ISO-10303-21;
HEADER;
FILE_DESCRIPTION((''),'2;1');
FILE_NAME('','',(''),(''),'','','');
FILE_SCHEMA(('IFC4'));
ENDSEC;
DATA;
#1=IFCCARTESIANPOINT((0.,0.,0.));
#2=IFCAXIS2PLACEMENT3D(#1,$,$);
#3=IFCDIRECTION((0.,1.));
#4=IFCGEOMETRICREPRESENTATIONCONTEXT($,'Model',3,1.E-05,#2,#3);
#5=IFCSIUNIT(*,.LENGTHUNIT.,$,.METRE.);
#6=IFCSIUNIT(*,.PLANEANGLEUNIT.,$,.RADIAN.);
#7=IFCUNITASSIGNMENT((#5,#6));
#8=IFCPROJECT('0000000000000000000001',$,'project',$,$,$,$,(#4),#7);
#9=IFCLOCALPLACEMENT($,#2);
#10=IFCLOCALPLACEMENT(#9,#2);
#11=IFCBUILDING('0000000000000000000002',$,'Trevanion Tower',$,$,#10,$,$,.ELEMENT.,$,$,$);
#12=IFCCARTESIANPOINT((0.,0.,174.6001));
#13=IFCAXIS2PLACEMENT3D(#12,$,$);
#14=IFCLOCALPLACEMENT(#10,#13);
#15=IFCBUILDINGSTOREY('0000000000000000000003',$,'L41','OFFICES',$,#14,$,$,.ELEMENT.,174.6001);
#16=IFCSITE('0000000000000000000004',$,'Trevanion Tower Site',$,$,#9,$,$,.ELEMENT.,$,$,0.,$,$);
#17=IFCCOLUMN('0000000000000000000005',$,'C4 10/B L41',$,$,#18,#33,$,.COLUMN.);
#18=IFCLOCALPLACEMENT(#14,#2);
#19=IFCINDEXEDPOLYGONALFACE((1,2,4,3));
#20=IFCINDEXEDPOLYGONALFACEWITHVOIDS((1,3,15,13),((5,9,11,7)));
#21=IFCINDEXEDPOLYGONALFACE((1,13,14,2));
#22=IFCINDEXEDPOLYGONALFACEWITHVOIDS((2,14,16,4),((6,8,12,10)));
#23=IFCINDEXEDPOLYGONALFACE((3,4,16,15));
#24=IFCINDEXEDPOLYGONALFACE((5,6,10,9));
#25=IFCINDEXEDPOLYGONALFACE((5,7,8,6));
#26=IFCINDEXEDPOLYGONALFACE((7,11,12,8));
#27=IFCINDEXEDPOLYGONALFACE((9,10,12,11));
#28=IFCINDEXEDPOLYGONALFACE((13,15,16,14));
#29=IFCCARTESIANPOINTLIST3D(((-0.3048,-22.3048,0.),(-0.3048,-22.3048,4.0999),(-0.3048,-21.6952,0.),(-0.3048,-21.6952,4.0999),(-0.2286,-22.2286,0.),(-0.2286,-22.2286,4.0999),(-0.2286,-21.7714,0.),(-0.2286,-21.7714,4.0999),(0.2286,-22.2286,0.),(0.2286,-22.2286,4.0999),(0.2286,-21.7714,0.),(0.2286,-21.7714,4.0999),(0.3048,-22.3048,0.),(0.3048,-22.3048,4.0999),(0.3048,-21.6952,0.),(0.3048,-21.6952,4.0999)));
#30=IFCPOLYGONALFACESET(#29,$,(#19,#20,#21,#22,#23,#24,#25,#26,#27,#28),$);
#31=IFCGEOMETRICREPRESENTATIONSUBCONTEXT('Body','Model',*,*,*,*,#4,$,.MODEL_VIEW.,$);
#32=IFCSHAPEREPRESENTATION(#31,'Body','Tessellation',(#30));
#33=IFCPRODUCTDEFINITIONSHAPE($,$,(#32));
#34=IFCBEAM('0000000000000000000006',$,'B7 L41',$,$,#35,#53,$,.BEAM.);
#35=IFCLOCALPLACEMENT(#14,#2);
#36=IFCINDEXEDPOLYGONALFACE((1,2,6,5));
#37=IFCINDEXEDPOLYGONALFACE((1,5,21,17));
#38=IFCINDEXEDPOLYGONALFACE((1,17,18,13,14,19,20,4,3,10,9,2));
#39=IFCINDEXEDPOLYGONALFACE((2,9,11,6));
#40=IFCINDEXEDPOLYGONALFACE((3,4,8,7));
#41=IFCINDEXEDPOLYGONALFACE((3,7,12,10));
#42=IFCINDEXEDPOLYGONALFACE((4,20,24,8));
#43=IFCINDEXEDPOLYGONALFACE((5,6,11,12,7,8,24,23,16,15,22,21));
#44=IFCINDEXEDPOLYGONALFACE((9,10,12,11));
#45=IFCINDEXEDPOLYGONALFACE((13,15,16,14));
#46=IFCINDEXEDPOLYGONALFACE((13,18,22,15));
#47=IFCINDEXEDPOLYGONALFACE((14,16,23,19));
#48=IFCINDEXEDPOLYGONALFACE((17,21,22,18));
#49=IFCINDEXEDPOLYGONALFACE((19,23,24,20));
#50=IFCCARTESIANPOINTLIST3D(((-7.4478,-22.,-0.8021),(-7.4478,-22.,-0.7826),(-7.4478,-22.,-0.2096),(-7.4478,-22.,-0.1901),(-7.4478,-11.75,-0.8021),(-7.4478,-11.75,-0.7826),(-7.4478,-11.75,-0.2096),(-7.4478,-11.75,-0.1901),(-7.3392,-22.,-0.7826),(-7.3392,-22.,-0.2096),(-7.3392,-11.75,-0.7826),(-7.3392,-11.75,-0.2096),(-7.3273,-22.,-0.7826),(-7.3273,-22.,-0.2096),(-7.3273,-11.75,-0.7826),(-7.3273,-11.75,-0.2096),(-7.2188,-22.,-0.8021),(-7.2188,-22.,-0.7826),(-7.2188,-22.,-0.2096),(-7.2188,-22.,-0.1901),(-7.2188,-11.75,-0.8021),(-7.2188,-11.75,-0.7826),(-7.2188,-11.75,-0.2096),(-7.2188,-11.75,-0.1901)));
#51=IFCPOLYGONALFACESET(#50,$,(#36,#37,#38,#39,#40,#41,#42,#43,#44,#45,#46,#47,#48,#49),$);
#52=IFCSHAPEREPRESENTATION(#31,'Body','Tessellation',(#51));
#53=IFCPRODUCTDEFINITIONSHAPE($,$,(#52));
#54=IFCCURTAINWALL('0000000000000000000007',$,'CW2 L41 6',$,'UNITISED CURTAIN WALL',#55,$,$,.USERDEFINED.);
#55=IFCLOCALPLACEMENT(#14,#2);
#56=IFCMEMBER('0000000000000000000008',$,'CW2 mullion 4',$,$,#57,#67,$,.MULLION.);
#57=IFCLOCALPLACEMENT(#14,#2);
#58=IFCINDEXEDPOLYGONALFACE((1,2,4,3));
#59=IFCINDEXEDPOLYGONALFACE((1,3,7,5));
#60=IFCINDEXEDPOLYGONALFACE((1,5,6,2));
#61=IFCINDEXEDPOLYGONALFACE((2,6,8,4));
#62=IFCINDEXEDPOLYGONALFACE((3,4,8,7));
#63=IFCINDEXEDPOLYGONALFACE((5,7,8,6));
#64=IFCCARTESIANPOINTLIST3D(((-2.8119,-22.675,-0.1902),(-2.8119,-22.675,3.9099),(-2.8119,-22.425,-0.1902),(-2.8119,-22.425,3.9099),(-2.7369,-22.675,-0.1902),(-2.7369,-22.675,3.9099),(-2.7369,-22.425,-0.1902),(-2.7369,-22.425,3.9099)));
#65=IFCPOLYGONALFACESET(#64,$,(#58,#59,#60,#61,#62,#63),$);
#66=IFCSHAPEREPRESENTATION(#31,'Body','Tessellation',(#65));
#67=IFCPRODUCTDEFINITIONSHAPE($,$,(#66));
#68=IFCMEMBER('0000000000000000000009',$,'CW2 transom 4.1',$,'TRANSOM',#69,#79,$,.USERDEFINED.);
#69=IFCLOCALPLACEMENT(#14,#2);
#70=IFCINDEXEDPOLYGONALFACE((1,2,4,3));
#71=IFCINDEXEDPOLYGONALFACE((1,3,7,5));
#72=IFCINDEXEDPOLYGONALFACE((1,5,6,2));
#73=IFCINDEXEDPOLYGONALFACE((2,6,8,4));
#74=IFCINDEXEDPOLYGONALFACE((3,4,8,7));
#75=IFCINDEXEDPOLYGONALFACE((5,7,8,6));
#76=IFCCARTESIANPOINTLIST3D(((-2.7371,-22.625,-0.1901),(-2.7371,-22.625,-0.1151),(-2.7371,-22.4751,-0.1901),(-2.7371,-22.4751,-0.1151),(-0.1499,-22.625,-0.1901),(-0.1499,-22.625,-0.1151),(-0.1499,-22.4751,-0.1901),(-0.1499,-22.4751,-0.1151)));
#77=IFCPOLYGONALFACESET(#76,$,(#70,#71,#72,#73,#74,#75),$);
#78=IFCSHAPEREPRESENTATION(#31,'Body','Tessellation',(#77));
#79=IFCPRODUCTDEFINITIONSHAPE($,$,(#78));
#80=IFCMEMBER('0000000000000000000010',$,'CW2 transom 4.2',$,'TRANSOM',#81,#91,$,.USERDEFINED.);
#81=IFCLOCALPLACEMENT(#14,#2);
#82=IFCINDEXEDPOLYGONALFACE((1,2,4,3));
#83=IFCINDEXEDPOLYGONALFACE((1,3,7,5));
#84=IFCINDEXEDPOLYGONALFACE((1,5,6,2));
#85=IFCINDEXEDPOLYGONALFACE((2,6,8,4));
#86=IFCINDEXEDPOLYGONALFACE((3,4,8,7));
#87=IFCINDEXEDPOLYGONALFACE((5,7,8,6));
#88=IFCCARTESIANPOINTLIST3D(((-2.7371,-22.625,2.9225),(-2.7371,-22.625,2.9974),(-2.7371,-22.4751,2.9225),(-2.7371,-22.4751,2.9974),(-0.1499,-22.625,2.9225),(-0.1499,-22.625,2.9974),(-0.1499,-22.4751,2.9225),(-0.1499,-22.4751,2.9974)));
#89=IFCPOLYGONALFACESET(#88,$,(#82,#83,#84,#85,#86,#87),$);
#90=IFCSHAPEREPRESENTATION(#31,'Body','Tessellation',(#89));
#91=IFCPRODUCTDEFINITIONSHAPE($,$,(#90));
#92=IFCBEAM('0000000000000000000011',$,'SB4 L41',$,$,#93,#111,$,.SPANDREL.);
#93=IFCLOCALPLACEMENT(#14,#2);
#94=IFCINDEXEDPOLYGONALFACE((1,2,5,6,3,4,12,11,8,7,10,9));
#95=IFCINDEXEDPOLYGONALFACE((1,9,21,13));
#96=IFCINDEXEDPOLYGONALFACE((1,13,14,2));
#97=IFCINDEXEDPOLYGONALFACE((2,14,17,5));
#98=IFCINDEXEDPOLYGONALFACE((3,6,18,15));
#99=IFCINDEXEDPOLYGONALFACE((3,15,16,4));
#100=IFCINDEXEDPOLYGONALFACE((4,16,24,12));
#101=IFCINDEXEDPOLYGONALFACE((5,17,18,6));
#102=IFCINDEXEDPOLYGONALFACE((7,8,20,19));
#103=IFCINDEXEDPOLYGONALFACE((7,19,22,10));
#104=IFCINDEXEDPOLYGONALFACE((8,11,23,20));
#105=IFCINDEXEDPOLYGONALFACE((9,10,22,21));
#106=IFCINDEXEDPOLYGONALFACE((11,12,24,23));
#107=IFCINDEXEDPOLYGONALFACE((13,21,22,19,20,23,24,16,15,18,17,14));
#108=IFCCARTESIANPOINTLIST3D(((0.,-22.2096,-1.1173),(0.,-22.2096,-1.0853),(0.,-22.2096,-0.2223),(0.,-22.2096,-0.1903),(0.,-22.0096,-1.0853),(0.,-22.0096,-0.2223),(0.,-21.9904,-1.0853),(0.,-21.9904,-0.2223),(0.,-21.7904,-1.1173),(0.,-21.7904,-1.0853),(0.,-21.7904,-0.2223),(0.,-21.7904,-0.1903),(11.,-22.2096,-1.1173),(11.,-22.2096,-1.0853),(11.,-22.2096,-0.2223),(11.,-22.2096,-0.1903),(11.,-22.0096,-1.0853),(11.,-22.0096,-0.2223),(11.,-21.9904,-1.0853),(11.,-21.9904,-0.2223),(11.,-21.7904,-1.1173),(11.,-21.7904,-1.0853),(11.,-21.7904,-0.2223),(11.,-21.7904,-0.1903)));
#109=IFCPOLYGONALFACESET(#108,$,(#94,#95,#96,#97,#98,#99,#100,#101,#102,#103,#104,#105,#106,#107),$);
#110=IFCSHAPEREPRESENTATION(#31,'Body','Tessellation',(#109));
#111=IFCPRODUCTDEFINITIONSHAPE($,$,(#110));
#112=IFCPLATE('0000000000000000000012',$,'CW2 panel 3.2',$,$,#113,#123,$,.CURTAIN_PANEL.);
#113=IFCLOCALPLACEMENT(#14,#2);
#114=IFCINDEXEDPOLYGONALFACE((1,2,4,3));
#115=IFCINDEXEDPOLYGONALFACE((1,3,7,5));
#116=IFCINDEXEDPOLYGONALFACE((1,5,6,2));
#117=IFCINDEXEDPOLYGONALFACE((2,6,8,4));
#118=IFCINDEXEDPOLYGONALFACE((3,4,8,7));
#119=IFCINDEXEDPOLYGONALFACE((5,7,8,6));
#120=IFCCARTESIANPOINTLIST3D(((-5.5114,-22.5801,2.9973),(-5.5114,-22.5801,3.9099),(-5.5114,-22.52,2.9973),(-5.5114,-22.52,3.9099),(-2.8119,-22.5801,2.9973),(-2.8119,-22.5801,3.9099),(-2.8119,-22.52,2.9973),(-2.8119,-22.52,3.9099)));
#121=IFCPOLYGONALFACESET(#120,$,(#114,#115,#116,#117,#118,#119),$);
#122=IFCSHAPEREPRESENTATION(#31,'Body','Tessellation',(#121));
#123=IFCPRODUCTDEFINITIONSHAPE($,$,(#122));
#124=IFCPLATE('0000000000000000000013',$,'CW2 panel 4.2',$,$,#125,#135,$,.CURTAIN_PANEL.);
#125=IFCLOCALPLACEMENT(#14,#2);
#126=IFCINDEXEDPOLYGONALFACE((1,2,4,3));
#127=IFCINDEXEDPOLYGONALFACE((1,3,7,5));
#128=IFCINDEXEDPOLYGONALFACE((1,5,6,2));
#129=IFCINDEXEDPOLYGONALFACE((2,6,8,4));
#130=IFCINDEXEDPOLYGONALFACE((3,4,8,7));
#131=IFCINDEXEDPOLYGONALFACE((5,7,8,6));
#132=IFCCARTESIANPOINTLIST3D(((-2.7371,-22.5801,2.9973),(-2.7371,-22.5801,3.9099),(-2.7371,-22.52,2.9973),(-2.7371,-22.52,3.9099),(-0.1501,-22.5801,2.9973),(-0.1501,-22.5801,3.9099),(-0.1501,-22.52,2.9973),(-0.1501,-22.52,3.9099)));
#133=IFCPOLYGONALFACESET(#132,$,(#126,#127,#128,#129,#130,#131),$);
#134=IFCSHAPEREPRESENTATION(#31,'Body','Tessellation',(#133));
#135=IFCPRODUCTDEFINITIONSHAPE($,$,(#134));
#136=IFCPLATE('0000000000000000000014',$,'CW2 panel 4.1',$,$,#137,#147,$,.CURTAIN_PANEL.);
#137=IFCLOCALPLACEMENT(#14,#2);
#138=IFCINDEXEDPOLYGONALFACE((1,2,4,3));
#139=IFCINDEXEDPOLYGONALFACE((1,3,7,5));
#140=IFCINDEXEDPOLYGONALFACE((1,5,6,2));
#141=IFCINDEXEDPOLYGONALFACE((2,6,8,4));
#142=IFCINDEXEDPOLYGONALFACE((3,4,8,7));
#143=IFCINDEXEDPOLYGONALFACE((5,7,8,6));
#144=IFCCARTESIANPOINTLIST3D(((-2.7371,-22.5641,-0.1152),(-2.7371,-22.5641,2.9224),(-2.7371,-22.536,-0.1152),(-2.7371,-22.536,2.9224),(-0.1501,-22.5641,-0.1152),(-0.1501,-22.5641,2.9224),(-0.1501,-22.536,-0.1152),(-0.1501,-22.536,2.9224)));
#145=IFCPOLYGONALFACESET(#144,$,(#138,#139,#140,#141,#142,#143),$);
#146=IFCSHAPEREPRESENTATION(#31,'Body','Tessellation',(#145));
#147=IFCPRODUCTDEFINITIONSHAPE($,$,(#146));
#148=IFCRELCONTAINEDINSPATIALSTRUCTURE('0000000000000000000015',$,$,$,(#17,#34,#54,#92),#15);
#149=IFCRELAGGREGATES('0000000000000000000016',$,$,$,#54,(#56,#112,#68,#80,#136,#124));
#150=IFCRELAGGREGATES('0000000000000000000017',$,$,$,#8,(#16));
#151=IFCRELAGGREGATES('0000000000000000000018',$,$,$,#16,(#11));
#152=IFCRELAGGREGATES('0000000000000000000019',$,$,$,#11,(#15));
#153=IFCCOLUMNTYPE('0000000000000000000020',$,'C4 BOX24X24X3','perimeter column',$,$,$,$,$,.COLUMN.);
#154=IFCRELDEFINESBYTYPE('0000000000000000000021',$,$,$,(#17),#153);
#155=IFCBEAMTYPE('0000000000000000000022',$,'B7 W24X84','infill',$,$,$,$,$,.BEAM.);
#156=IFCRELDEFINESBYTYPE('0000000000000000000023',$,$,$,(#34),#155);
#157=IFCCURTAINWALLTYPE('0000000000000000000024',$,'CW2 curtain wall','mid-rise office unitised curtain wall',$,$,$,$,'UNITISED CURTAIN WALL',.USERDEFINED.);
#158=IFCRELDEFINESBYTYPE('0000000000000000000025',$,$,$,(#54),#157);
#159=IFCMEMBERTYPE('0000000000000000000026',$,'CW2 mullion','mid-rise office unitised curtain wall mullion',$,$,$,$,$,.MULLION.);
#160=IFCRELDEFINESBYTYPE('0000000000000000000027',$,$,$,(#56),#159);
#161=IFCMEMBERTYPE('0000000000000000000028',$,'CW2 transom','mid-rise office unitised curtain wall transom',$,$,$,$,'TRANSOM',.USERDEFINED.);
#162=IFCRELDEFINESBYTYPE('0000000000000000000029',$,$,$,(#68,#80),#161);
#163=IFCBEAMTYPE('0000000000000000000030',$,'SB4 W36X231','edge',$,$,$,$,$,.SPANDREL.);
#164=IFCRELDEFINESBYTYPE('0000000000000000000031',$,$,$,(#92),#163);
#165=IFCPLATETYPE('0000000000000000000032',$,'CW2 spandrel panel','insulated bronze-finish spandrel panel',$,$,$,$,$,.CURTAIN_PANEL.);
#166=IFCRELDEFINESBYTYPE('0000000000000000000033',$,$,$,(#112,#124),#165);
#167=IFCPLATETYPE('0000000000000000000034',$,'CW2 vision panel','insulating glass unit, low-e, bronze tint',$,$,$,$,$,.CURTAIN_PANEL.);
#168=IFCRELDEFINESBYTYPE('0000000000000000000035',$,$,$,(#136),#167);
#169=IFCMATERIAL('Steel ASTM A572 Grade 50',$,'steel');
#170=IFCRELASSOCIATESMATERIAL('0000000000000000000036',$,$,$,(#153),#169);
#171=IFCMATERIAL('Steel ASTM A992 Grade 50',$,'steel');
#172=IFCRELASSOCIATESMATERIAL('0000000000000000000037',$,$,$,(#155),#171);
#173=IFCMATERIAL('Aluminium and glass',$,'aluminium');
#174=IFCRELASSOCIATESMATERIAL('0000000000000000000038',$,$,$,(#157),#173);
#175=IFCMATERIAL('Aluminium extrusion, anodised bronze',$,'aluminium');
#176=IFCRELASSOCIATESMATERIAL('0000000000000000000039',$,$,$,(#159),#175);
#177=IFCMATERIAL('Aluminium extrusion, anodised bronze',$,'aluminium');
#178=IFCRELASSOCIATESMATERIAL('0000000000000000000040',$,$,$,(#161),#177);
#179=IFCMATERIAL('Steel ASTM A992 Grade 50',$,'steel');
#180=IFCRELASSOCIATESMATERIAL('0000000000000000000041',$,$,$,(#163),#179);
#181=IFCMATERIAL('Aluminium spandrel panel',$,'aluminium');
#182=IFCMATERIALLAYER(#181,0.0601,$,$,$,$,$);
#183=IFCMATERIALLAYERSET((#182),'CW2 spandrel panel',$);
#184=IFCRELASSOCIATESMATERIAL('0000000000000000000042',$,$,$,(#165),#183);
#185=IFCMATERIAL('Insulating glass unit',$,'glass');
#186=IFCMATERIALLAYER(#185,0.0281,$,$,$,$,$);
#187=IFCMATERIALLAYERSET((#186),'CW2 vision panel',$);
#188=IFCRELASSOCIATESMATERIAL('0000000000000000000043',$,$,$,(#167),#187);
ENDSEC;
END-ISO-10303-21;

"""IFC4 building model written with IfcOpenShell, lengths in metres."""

from ifc_helpers import new_model, si_unit, direction, frame, origin, origin_2d, place, context, subcontext, project, spatial, rectangle, hollow_rectangle, i_section, extrude, material, layer, layer_set, material_profile, profile_set, type_object, element, aggregate, save


model = new_model("IFC4")

# Units and contexts
model_context = context("Model", 3, precision=1e-05, world=origin(), true_north=direction((0.0, 1.0)))
body_context = subcontext(model_context, "Body", "Model", "MODEL_VIEW")
ifc_project = project(units=[si_unit("LENGTHUNIT", "METRE"), si_unit("PLANEANGLEUNIT", "RADIAN")], contexts=[model_context])

# Site, building, storey
site_placement = place(None, origin())
site = spatial("IfcSite", under=ifc_project, at=site_placement, Name="Trevanion Tower Site", CompositionType="ELEMENT", RefElevation=0.0)
building_placement = place(site_placement, origin())
building = spatial("IfcBuilding", under=site, at=building_placement, Name="Trevanion Tower", CompositionType="ELEMENT")
storey_placement = place(building_placement, frame((0.0, 0.0, 174.6001)))
storey = spatial("IfcBuildingStorey", under=building, at=storey_placement, Name="L41", Description="OFFICES", CompositionType="ELEMENT", Elevation=174.6001)

# Column
ifc_material_1 = material(Name="Steel ASTM A572 Grade 50", Category="steel")
ifc_material_profile_1 = material_profile(ifc_material_1, hollow_rectangle(XDim=0.6096, YDim=0.6096, WallThickness=0.0762, at=origin_2d()), Name="BOX24X24X3")
ifc_profile_set_1 = profile_set([ifc_material_profile_1], Name="Steel ASTM A572 Grade 50")
column_type = type_object("IfcColumnType", Name="C4 BOX24X24X3", Description="perimeter column", PredefinedType="COLUMN", material=ifc_profile_set_1)
column_placement = place(storey_placement, frame((0.0, -22.0, 0.0), z_axis=(0.0, 0.0, 1.0), x_axis=(1.0, 0.0, 0.0)))
element("IfcColumn", 1, at=column_placement, inside=storey, type_object=column_type, Name="C4 10/B L41", PredefinedType="COLUMN", context=body_context, shape_type="SweptSolid", body=[
    extrude(hollow_rectangle(XDim=0.6096, YDim=0.6096, WallThickness=0.0762, at=origin_2d()), origin(), (0.0, 0.0, 1.0), 4.0999),
])

# Beam
ifc_material_2 = material(Name="Steel ASTM A992 Grade 50", Category="steel")
ifc_material_profile_2 = material_profile(ifc_material_2, i_section(OverallWidth=0.229, OverallDepth=0.6121, WebThickness=0.012, FlangeThickness=0.0195, at=origin_2d()), Name="W24X84")
ifc_profile_set_2 = profile_set([ifc_material_profile_2], Name="Steel ASTM A992 Grade 50")
beam_type_1 = type_object("IfcBeamType", Name="B7 W24X84", Description="infill", PredefinedType="BEAM", material=ifc_profile_set_2)
beam_1_placement = place(storey_placement, frame((-7.3333, -11.75, -0.4961), z_axis=(0.0, -1.0, 0.0), x_axis=(1.0, 0.0, 0.0)))
element("IfcBeam", 2, at=beam_1_placement, inside=storey, type_object=beam_type_1, Name="B7 L41", PredefinedType="BEAM", context=body_context, shape_type="SweptSolid", body=[
    extrude(i_section(OverallWidth=0.229, OverallDepth=0.6121, WebThickness=0.012, FlangeThickness=0.0195, at=origin_2d()), origin(), (0.0, 0.0, 1.0), 10.25),
])

# Curtain wall, members
ifc_material_3 = material(Name="Aluminium and glass", Category="aluminium")
curtain_wall_type = type_object("IfcCurtainWallType", Name="CW2 curtain wall", Description="mid-rise office unitised curtain wall", ElementType="UNITISED CURTAIN WALL", PredefinedType="USERDEFINED", material=ifc_material_3)
curtain_wall_placement = place(storey_placement, origin())
curtain_wall = element("IfcCurtainWall", 3, at=curtain_wall_placement, inside=storey, type_object=curtain_wall_type, Name="CW2 L41 6", ObjectType="UNITISED CURTAIN WALL", PredefinedType="USERDEFINED")
ifc_material_4 = material(Name="Aluminium extrusion, anodised bronze", Category="aluminium")
ifc_material_profile_3 = material_profile(ifc_material_4, rectangle(XDim=0.075, YDim=0.25, at=origin_2d()), Name="CW2 mullion")
ifc_profile_set_3 = profile_set([ifc_material_profile_3], Name="Aluminium extrusion, anodised bronze")
member_type_1 = type_object("IfcMemberType", Name="CW2 mullion", Description="mid-rise office unitised curtain wall mullion", PredefinedType="MULLION", material=ifc_profile_set_3)
member_1_placement = place(storey_placement, frame((-2.7744, -22.55, -0.1902), z_axis=(0.0, 0.0, 1.0), x_axis=(1.0, 0.0, 0.0)))
member_1 = element("IfcMember", 4, at=member_1_placement, type_object=member_type_1, Name="CW2 mullion 4", PredefinedType="MULLION", context=body_context, shape_type="SweptSolid", body=[
    extrude(rectangle(XDim=0.075, YDim=0.25, at=origin_2d()), origin(), (0.0, 0.0, 1.0), 4.1001),
])
ifc_material_5 = material(Name="Aluminium extrusion, anodised bronze", Category="aluminium")
ifc_material_profile_4 = material_profile(ifc_material_5, rectangle(XDim=0.1499, YDim=0.075, at=origin_2d()), Name="CW2 transom")
ifc_profile_set_4 = profile_set([ifc_material_profile_4], Name="Aluminium extrusion, anodised bronze")
member_type_2 = type_object("IfcMemberType", Name="CW2 transom", Description="mid-rise office unitised curtain wall transom", ElementType="TRANSOM", PredefinedType="USERDEFINED", material=ifc_profile_set_4)
member_2_placement = place(storey_placement, frame((-2.7371, -22.55, -0.1526), z_axis=(1.0, 0.0, 0.0), x_axis=(0.0, 1.0, 0.0)))
member_2 = element("IfcMember", 5, at=member_2_placement, type_object=member_type_2, Name="CW2 transom 4.1", ObjectType="TRANSOM", PredefinedType="USERDEFINED", context=body_context, shape_type="SweptSolid", body=[
    extrude(rectangle(XDim=0.1499, YDim=0.075, at=origin_2d()), origin(), (0.0, 0.0, 1.0), 2.5872),
])
member_3_placement = place(storey_placement, frame((-2.7371, -22.55, 2.96), z_axis=(1.0, 0.0, 0.0), x_axis=(0.0, 1.0, 0.0)))
member_3 = element("IfcMember", 6, at=member_3_placement, type_object=member_type_2, Name="CW2 transom 4.2", ObjectType="TRANSOM", PredefinedType="USERDEFINED", context=body_context, shape_type="SweptSolid", body=[
    extrude(rectangle(XDim=0.1499, YDim=0.075, at=origin_2d()), origin(), (0.0, 0.0, 1.0), 2.5872),
])

# Beam
ifc_material_6 = material(Name="Steel ASTM A992 Grade 50", Category="steel")
ifc_material_profile_5 = material_profile(ifc_material_6, i_section(OverallWidth=0.4192, OverallDepth=0.927, WebThickness=0.0193, FlangeThickness=0.032, at=origin_2d()), Name="W36X231")
ifc_profile_set_5 = profile_set([ifc_material_profile_5], Name="Steel ASTM A992 Grade 50")
beam_type_2 = type_object("IfcBeamType", Name="SB4 W36X231", Description="edge", PredefinedType="SPANDREL", material=ifc_profile_set_5)
beam_2_placement = place(storey_placement, frame((0.0, -22.0, -0.6538), z_axis=(1.0, 0.0, 0.0), x_axis=(0.0, 1.0, 0.0)))
element("IfcBeam", 7, at=beam_2_placement, inside=storey, type_object=beam_type_2, Name="SB4 L41", PredefinedType="SPANDREL", context=body_context, shape_type="SweptSolid", body=[
    extrude(i_section(OverallWidth=0.4192, OverallDepth=0.927, WebThickness=0.0193, FlangeThickness=0.032, at=origin_2d()), origin(), (0.0, 0.0, 1.0), 11.0),
])

# Plates
ifc_material_7 = material(Name="Aluminium spandrel panel", Category="aluminium")
ifc_layer_1 = layer(ifc_material_7, 0.0601)
ifc_layer_set_1 = layer_set([ifc_layer_1], Name="CW2 spandrel panel")
plate_type_1 = type_object("IfcPlateType", Name="CW2 spandrel panel", Description="insulated bronze-finish spandrel panel", PredefinedType="CURTAIN_PANEL", material=ifc_layer_set_1)
plate_1_placement = place(storey_placement, frame((-4.1616, -22.55, 2.9973), z_axis=(0.0, 0.0, 1.0), x_axis=(1.0, 0.0, 0.0)))
plate_1 = element("IfcPlate", 8, at=plate_1_placement, type_object=plate_type_1, Name="CW2 panel 3.2", PredefinedType="CURTAIN_PANEL", context=body_context, shape_type="SweptSolid", body=[
    extrude(rectangle(XDim=2.6995, YDim=0.0601, at=origin_2d()), origin(), (0.0, 0.0, 1.0), 0.9126),
])
plate_2_placement = place(storey_placement, frame((-1.4436, -22.55, 2.9973), z_axis=(0.0, 0.0, 1.0), x_axis=(1.0, 0.0, 0.0)))
plate_2 = element("IfcPlate", 9, at=plate_2_placement, type_object=plate_type_1, Name="CW2 panel 4.2", PredefinedType="CURTAIN_PANEL", context=body_context, shape_type="SweptSolid", body=[
    extrude(rectangle(XDim=2.5869, YDim=0.0601, at=origin_2d()), origin(), (0.0, 0.0, 1.0), 0.9126),
])
ifc_material_8 = material(Name="Insulating glass unit", Category="glass")
ifc_layer_2 = layer(ifc_material_8, 0.0281)
ifc_layer_set_2 = layer_set([ifc_layer_2], Name="CW2 vision panel")
plate_type_2 = type_object("IfcPlateType", Name="CW2 vision panel", Description="insulating glass unit, low-e, bronze tint", PredefinedType="CURTAIN_PANEL", material=ifc_layer_set_2)
plate_3_placement = place(storey_placement, frame((-1.4436, -22.55, -0.1152), z_axis=(0.0, 0.0, 1.0), x_axis=(1.0, 0.0, 0.0)))
plate_3 = element("IfcPlate", 10, at=plate_3_placement, type_object=plate_type_2, Name="CW2 panel 4.1", PredefinedType="CURTAIN_PANEL", context=body_context, shape_type="SweptSolid", body=[
    extrude(rectangle(XDim=2.5869, YDim=0.0281, at=origin_2d()), origin(), (0.0, 0.0, 1.0), 3.0376),
])
aggregate(curtain_wall, [member_1, plate_1, member_2, member_3, plate_3, plate_2])

save(model, "model.ifc")
